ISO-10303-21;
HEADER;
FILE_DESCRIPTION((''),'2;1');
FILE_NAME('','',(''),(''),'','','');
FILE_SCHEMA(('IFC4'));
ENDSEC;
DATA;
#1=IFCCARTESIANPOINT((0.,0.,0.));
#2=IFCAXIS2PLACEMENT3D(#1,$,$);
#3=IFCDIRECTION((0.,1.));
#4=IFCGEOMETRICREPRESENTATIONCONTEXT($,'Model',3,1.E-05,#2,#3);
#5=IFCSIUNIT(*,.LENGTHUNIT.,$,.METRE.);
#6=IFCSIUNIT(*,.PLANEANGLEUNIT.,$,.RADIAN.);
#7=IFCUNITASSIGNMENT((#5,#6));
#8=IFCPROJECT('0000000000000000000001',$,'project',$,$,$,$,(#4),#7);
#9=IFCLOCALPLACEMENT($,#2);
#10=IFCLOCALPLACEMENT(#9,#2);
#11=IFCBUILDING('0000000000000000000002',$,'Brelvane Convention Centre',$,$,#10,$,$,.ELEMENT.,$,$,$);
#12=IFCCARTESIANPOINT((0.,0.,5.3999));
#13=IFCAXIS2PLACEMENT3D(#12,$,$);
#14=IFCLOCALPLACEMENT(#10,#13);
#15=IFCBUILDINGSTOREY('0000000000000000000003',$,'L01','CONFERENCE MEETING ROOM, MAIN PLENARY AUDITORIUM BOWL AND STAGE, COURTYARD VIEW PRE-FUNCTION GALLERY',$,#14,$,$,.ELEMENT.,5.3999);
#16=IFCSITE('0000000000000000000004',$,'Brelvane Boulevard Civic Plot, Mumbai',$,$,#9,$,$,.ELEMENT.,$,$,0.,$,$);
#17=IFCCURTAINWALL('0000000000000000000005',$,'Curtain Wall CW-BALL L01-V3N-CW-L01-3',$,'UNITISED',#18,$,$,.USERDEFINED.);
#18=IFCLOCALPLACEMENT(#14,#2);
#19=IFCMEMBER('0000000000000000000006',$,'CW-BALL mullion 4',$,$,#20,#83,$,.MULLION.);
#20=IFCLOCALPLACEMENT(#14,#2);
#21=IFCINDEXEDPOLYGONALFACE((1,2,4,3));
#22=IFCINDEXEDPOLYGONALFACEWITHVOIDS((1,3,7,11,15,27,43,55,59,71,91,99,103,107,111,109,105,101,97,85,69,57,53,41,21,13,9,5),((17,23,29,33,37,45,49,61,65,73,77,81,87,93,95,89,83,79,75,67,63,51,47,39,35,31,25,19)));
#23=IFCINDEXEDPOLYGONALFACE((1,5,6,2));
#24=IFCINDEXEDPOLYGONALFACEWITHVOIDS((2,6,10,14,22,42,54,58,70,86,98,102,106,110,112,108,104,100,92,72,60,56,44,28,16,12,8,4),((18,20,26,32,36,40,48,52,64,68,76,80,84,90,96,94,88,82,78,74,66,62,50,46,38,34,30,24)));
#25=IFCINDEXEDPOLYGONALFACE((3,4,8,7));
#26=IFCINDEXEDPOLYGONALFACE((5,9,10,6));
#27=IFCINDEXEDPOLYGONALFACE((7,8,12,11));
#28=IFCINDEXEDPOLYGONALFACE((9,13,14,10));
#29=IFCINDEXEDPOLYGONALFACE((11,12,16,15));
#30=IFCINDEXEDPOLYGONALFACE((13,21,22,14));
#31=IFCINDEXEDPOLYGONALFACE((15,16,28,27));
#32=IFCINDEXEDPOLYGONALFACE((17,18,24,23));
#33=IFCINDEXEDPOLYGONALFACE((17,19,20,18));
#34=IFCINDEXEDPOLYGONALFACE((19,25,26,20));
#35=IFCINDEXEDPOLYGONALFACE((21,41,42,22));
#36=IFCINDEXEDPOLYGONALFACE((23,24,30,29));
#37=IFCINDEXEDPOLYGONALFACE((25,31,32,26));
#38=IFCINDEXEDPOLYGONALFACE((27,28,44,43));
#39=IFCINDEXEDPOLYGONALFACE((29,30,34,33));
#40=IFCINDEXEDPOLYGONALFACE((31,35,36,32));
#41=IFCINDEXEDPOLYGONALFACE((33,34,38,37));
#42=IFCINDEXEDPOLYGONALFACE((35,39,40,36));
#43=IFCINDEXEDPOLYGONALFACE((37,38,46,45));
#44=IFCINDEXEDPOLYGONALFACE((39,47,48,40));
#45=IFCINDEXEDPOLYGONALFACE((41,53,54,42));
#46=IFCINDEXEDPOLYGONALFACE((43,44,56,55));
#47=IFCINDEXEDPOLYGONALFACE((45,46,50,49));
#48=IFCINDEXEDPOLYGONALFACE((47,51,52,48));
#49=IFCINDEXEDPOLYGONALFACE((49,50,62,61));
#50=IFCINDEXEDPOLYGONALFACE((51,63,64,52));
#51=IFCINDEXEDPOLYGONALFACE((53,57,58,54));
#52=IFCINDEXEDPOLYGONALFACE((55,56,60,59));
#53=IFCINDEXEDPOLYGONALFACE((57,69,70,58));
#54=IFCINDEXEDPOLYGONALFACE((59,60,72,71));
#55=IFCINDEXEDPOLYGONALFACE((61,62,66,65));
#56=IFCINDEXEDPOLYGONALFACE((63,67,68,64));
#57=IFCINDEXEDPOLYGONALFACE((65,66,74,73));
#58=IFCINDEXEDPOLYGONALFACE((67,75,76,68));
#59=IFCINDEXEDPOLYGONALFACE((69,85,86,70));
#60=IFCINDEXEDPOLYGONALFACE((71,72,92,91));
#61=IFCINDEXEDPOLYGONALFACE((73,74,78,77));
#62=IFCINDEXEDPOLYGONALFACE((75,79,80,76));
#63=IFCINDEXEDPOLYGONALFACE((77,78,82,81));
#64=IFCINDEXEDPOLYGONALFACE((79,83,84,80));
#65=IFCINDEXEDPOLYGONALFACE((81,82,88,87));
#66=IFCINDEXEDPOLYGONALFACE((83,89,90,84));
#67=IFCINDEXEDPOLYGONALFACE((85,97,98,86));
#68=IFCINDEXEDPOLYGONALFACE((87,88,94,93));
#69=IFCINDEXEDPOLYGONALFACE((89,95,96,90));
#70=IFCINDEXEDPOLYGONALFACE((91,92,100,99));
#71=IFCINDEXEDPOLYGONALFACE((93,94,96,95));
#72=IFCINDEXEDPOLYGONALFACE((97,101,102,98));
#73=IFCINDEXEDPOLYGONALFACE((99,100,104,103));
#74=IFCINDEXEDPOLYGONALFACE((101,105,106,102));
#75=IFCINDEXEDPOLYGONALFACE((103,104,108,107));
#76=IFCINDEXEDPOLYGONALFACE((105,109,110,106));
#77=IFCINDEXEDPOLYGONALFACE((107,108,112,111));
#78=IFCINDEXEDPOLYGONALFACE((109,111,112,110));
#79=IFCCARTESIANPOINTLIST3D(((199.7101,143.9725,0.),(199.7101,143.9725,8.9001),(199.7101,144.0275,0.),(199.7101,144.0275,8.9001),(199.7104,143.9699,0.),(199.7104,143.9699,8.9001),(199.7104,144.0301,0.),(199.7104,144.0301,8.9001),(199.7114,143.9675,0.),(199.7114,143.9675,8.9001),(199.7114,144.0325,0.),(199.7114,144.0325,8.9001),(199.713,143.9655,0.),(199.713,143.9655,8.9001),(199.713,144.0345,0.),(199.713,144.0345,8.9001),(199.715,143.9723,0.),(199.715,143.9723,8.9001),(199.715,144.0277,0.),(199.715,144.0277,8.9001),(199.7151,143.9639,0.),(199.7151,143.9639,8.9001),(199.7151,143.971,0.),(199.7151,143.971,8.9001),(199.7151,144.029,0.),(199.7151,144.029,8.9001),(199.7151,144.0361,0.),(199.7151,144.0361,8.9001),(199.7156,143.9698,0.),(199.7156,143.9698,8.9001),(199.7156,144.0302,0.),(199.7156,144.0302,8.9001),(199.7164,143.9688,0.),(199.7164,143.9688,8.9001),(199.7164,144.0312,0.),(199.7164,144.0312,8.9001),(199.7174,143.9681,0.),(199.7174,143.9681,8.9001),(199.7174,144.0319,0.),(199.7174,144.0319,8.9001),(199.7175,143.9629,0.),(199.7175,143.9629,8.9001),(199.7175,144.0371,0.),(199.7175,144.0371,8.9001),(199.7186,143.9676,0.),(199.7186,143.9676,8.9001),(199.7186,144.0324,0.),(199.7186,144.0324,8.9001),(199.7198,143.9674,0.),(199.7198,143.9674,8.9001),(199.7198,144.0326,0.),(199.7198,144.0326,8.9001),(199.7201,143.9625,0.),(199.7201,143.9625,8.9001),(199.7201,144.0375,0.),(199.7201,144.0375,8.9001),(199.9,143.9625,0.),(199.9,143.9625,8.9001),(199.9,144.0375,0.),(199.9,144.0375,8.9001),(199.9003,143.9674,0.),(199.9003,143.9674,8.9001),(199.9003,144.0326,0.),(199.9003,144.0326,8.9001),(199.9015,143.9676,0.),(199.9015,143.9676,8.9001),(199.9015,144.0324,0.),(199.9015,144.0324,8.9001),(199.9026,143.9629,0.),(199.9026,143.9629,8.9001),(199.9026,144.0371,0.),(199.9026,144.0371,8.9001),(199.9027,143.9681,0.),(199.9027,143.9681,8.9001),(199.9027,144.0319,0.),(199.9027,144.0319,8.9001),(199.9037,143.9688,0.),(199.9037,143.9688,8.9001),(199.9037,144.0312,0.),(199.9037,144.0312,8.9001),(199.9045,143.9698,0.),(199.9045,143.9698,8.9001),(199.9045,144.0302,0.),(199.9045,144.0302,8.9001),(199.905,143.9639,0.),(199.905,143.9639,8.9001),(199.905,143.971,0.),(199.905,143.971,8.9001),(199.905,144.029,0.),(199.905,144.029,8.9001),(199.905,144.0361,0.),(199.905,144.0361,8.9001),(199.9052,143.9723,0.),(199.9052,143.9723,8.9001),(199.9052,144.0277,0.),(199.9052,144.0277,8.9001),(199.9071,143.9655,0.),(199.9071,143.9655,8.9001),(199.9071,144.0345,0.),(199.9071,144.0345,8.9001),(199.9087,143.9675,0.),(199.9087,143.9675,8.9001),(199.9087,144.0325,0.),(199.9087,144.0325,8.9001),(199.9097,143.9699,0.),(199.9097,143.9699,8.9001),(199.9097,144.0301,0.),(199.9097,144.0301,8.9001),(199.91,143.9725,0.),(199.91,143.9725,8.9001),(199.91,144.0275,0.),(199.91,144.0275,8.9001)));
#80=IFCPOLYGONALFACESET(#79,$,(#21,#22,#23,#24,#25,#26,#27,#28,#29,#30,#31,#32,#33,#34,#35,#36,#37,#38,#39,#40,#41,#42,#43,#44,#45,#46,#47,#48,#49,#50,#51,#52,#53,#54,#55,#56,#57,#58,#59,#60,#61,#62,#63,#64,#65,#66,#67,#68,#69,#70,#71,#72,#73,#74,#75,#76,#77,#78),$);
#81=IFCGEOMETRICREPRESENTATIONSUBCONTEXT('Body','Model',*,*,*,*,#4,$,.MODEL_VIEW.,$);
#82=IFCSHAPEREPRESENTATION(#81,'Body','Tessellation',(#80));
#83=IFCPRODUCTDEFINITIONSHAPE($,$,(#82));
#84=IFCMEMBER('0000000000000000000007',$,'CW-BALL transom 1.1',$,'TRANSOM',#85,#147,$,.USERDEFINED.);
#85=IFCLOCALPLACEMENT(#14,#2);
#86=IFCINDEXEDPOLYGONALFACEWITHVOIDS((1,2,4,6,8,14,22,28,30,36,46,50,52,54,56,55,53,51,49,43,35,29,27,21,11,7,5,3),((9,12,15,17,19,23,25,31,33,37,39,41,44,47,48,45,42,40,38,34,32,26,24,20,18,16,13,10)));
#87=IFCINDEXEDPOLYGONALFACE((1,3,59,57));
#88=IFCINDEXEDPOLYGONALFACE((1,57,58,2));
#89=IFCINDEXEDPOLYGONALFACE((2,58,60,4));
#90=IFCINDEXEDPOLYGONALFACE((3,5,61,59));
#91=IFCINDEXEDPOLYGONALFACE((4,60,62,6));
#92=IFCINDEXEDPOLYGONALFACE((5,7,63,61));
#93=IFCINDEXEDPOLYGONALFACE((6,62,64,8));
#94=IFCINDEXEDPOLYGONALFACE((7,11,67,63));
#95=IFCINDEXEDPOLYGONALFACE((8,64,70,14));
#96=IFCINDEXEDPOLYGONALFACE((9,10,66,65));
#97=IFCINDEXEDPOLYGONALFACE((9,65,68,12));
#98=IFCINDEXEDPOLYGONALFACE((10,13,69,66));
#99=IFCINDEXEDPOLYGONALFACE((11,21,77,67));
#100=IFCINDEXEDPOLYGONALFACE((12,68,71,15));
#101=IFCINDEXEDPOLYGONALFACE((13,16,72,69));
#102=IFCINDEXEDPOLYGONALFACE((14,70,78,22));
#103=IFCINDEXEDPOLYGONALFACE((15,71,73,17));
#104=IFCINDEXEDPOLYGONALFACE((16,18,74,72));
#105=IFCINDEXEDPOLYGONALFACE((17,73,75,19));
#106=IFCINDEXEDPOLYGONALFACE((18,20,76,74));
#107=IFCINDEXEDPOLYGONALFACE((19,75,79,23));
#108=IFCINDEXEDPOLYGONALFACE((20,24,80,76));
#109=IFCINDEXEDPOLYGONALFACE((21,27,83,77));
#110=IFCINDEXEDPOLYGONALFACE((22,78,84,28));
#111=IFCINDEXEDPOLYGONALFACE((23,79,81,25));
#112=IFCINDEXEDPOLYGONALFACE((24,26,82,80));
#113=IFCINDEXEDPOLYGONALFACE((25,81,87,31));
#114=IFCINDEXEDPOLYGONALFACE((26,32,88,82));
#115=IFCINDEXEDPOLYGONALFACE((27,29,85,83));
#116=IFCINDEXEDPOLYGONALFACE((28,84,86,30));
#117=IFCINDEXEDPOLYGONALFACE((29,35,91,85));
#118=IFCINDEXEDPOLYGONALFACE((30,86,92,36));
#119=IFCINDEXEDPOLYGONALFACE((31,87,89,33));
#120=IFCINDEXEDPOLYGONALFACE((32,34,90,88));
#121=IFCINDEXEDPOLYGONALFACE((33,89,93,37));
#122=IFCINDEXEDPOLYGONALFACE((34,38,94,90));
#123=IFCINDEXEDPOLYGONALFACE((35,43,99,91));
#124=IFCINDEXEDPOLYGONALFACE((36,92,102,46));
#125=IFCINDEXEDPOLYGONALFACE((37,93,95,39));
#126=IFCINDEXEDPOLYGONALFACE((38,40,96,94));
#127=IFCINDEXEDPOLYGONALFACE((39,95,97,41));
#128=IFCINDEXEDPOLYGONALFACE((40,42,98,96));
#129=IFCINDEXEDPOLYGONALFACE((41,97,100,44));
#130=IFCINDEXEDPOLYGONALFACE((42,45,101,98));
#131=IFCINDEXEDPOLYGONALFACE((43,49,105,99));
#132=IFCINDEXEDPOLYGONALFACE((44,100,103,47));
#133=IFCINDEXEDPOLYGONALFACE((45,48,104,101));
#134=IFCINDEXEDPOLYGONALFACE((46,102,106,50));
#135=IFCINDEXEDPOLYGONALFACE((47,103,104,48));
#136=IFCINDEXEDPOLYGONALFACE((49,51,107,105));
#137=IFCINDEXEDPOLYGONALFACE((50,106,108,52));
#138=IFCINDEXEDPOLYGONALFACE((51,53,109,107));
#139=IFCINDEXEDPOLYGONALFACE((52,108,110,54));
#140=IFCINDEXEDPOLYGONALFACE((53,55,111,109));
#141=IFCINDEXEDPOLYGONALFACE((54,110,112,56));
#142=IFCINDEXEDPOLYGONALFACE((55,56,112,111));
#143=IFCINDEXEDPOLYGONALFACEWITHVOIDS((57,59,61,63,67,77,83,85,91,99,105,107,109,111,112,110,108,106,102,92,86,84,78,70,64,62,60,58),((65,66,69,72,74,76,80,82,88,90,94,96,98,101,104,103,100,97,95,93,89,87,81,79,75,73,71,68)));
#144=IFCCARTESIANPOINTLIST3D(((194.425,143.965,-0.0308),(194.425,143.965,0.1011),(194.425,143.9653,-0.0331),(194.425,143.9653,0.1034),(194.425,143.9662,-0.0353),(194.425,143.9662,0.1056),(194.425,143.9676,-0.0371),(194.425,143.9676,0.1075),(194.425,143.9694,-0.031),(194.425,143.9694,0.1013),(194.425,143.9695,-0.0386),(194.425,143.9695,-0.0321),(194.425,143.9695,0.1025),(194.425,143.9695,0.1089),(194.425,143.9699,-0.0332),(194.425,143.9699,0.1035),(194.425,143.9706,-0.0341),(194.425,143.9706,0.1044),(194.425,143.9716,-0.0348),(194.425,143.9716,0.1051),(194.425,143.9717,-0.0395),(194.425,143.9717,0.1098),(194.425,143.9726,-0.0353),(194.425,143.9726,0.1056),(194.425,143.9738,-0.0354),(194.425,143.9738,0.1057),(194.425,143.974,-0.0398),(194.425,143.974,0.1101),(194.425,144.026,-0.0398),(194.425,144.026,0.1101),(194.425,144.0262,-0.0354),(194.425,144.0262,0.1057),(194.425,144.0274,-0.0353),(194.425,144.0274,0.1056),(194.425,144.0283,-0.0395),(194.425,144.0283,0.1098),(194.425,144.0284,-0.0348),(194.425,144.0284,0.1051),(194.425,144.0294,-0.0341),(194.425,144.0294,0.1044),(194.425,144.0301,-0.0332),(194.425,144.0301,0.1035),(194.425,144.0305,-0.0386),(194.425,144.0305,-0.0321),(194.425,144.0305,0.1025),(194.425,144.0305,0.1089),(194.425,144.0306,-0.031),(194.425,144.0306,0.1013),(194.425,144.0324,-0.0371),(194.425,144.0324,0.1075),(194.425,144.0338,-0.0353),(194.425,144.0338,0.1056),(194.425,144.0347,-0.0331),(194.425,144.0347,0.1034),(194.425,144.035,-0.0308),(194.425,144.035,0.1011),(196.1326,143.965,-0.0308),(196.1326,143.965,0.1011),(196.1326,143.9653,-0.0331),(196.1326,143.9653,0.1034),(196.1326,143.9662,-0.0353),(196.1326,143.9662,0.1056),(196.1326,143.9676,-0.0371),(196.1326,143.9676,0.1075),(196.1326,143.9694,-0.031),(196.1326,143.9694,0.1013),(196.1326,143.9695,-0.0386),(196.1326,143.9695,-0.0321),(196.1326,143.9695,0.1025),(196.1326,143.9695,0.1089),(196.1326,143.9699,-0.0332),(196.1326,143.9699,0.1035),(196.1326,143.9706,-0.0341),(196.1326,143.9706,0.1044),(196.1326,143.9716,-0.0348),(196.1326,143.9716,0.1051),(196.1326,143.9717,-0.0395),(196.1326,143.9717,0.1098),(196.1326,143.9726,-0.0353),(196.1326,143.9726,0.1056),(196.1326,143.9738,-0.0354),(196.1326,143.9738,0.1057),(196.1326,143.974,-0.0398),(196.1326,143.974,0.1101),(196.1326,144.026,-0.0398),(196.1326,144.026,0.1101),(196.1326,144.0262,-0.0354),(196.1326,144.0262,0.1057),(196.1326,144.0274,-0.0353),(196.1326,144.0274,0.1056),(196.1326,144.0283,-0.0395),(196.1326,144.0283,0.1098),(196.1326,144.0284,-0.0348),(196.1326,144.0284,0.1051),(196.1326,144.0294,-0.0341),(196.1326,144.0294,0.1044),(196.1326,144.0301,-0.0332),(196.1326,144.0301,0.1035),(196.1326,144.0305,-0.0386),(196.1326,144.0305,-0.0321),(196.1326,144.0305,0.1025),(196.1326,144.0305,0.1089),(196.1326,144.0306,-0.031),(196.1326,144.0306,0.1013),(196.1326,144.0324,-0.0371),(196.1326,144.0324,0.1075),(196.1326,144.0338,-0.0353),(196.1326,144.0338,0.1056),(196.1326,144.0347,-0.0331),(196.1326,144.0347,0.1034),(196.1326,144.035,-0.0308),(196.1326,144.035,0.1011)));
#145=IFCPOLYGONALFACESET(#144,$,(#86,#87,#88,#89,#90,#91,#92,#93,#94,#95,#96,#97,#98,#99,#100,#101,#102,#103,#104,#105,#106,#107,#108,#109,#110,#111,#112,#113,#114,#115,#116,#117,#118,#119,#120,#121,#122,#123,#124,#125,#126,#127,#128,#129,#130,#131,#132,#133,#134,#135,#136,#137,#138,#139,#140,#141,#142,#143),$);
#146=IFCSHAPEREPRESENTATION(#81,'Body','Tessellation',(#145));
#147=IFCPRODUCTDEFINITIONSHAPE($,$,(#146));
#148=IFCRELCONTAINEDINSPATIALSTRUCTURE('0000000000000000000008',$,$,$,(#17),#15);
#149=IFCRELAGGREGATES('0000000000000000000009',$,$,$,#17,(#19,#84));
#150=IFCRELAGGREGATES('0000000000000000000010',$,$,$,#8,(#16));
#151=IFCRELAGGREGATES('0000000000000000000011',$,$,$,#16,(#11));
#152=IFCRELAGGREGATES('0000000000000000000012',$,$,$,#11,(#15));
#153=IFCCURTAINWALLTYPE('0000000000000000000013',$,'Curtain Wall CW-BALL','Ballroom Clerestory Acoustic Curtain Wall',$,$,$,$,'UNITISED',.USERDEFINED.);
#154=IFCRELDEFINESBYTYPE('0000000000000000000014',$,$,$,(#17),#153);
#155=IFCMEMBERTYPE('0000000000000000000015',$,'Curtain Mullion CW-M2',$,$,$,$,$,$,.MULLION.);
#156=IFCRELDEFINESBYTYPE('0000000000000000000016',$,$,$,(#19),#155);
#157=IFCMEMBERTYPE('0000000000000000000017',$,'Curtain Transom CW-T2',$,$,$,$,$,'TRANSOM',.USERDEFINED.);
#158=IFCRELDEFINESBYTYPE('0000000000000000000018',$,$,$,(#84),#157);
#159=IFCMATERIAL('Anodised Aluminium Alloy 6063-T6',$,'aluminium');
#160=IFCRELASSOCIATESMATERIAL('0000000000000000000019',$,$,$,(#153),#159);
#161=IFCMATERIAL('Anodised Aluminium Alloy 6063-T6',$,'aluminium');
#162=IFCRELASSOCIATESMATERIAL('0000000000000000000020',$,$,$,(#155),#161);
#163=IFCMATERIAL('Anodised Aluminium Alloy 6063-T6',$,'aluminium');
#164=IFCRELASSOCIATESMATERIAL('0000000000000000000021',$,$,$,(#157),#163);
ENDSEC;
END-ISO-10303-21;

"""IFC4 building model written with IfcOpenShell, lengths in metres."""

from ifc_helpers import new_model, si_unit, direction, frame, origin, origin_2d, place, context, subcontext, project, spatial, hollow_rectangle, extrude, material, material_profile, profile_set, type_object, element, aggregate, save


model = new_model("IFC4")

# Units and contexts
model_context = context("Model", 3, precision=1e-05, world=origin(), true_north=direction((0.0, 1.0)))
body_context = subcontext(model_context, "Body", "Model", "MODEL_VIEW")
ifc_project = project(units=[si_unit("LENGTHUNIT", "METRE"), si_unit("PLANEANGLEUNIT", "RADIAN")], contexts=[model_context])

# Site, building, storey
site_placement = place(None, origin())
site = spatial("IfcSite", under=ifc_project, at=site_placement, Name="Brelvane Boulevard Civic Plot, Mumbai", CompositionType="ELEMENT", RefElevation=0.0)
building_placement = place(site_placement, origin())
building = spatial("IfcBuilding", under=site, at=building_placement, Name="Brelvane Convention Centre", CompositionType="ELEMENT")
storey_placement = place(building_placement, frame((0.0, 0.0, 5.3999)))
storey = spatial("IfcBuildingStorey", under=building, at=storey_placement, Name="L01", Description="CONFERENCE MEETING ROOM, MAIN PLENARY AUDITORIUM BOWL AND STAGE, COURTYARD VIEW PRE-FUNCTION GALLERY", CompositionType="ELEMENT", Elevation=5.3999)

# Shared definitions
ifc_material_1 = material(Name="Anodised Aluminium Alloy 6063-T6", Category="aluminium")
curtain_wall_type = type_object("IfcCurtainWallType", Name="Curtain Wall CW-BALL", Description="Ballroom Clerestory Acoustic Curtain Wall", ElementType="UNITISED", PredefinedType="USERDEFINED", material=ifc_material_1)
ifc_material_2 = material(Name="Anodised Aluminium Alloy 6063-T6", Category="aluminium")
ifc_material_profile_1 = material_profile(ifc_material_2, hollow_rectangle(XDim=0.075, YDim=0.2, WallThickness=0.0049, InnerFilletRadius=0.0049, OuterFilletRadius=0.01, at=origin_2d()), Name="ALU-M 200x75x5.0")
ifc_profile_set_1 = profile_set([ifc_material_profile_1], Name="Anodised Aluminium Alloy 6063-T6")
member_type_1 = type_object("IfcMemberType", Name="Curtain Mullion CW-M2", PredefinedType="MULLION", material=ifc_profile_set_1)

# Curtain wall, members
curtain_wall_1_placement = place(storey_placement, origin())
curtain_wall_1 = element("IfcCurtainWall", 1, at=curtain_wall_1_placement, inside=storey, type_object=curtain_wall_type, Name="Curtain Wall CW-BALL L01-V3N-CW-L01-3", ObjectType="UNITISED", PredefinedType="USERDEFINED")
member_1_placement = place(storey_placement, frame((199.8101, 144.0, 0.0), z_axis=(0.0, 0.0, 1.0), x_axis=(0.0, 1.0, 0.0)))
member_1 = element("IfcMember", 2, at=member_1_placement, type_object=member_type_1, Name="CW-BALL mullion 4", PredefinedType="MULLION", context=body_context, shape_type="SweptSolid", body=[
    extrude(hollow_rectangle(XDim=0.075, YDim=0.2, WallThickness=0.0049, InnerFilletRadius=0.0049, OuterFilletRadius=0.01, at=origin_2d()), origin(), (0.0, 0.0, 1.0), 8.9001),
])
ifc_material_3 = material(Name="Anodised Aluminium Alloy 6063-T6", Category="aluminium")
ifc_material_profile_2 = material_profile(ifc_material_3, hollow_rectangle(XDim=0.0701, YDim=0.1499, WallThickness=0.0044, InnerFilletRadius=0.0044, OuterFilletRadius=0.009, at=origin_2d()), Name="ALU-T 150x70x4.5")
ifc_profile_set_2 = profile_set([ifc_material_profile_2], Name="Anodised Aluminium Alloy 6063-T6")
member_type_2 = type_object("IfcMemberType", Name="Curtain Transom CW-T2", ElementType="TRANSOM", PredefinedType="USERDEFINED", material=ifc_profile_set_2)
member_2_placement = place(storey_placement, frame((194.425, 144.0, 0.0352), z_axis=(1.0, 0.0, 0.0), x_axis=(0.0, 1.0, 0.0)))
member_2 = element("IfcMember", 3, at=member_2_placement, type_object=member_type_2, Name="CW-BALL transom 1.1", ObjectType="TRANSOM", PredefinedType="USERDEFINED", context=body_context, shape_type="SweptSolid", body=[
    extrude(hollow_rectangle(XDim=0.0701, YDim=0.1499, WallThickness=0.0044, InnerFilletRadius=0.0044, OuterFilletRadius=0.009, at=origin_2d()), origin(), (0.0, 0.0, 1.0), 1.7075),
])
aggregate(curtain_wall_1, [member_1, member_2])

save(model, "model.ifc")
